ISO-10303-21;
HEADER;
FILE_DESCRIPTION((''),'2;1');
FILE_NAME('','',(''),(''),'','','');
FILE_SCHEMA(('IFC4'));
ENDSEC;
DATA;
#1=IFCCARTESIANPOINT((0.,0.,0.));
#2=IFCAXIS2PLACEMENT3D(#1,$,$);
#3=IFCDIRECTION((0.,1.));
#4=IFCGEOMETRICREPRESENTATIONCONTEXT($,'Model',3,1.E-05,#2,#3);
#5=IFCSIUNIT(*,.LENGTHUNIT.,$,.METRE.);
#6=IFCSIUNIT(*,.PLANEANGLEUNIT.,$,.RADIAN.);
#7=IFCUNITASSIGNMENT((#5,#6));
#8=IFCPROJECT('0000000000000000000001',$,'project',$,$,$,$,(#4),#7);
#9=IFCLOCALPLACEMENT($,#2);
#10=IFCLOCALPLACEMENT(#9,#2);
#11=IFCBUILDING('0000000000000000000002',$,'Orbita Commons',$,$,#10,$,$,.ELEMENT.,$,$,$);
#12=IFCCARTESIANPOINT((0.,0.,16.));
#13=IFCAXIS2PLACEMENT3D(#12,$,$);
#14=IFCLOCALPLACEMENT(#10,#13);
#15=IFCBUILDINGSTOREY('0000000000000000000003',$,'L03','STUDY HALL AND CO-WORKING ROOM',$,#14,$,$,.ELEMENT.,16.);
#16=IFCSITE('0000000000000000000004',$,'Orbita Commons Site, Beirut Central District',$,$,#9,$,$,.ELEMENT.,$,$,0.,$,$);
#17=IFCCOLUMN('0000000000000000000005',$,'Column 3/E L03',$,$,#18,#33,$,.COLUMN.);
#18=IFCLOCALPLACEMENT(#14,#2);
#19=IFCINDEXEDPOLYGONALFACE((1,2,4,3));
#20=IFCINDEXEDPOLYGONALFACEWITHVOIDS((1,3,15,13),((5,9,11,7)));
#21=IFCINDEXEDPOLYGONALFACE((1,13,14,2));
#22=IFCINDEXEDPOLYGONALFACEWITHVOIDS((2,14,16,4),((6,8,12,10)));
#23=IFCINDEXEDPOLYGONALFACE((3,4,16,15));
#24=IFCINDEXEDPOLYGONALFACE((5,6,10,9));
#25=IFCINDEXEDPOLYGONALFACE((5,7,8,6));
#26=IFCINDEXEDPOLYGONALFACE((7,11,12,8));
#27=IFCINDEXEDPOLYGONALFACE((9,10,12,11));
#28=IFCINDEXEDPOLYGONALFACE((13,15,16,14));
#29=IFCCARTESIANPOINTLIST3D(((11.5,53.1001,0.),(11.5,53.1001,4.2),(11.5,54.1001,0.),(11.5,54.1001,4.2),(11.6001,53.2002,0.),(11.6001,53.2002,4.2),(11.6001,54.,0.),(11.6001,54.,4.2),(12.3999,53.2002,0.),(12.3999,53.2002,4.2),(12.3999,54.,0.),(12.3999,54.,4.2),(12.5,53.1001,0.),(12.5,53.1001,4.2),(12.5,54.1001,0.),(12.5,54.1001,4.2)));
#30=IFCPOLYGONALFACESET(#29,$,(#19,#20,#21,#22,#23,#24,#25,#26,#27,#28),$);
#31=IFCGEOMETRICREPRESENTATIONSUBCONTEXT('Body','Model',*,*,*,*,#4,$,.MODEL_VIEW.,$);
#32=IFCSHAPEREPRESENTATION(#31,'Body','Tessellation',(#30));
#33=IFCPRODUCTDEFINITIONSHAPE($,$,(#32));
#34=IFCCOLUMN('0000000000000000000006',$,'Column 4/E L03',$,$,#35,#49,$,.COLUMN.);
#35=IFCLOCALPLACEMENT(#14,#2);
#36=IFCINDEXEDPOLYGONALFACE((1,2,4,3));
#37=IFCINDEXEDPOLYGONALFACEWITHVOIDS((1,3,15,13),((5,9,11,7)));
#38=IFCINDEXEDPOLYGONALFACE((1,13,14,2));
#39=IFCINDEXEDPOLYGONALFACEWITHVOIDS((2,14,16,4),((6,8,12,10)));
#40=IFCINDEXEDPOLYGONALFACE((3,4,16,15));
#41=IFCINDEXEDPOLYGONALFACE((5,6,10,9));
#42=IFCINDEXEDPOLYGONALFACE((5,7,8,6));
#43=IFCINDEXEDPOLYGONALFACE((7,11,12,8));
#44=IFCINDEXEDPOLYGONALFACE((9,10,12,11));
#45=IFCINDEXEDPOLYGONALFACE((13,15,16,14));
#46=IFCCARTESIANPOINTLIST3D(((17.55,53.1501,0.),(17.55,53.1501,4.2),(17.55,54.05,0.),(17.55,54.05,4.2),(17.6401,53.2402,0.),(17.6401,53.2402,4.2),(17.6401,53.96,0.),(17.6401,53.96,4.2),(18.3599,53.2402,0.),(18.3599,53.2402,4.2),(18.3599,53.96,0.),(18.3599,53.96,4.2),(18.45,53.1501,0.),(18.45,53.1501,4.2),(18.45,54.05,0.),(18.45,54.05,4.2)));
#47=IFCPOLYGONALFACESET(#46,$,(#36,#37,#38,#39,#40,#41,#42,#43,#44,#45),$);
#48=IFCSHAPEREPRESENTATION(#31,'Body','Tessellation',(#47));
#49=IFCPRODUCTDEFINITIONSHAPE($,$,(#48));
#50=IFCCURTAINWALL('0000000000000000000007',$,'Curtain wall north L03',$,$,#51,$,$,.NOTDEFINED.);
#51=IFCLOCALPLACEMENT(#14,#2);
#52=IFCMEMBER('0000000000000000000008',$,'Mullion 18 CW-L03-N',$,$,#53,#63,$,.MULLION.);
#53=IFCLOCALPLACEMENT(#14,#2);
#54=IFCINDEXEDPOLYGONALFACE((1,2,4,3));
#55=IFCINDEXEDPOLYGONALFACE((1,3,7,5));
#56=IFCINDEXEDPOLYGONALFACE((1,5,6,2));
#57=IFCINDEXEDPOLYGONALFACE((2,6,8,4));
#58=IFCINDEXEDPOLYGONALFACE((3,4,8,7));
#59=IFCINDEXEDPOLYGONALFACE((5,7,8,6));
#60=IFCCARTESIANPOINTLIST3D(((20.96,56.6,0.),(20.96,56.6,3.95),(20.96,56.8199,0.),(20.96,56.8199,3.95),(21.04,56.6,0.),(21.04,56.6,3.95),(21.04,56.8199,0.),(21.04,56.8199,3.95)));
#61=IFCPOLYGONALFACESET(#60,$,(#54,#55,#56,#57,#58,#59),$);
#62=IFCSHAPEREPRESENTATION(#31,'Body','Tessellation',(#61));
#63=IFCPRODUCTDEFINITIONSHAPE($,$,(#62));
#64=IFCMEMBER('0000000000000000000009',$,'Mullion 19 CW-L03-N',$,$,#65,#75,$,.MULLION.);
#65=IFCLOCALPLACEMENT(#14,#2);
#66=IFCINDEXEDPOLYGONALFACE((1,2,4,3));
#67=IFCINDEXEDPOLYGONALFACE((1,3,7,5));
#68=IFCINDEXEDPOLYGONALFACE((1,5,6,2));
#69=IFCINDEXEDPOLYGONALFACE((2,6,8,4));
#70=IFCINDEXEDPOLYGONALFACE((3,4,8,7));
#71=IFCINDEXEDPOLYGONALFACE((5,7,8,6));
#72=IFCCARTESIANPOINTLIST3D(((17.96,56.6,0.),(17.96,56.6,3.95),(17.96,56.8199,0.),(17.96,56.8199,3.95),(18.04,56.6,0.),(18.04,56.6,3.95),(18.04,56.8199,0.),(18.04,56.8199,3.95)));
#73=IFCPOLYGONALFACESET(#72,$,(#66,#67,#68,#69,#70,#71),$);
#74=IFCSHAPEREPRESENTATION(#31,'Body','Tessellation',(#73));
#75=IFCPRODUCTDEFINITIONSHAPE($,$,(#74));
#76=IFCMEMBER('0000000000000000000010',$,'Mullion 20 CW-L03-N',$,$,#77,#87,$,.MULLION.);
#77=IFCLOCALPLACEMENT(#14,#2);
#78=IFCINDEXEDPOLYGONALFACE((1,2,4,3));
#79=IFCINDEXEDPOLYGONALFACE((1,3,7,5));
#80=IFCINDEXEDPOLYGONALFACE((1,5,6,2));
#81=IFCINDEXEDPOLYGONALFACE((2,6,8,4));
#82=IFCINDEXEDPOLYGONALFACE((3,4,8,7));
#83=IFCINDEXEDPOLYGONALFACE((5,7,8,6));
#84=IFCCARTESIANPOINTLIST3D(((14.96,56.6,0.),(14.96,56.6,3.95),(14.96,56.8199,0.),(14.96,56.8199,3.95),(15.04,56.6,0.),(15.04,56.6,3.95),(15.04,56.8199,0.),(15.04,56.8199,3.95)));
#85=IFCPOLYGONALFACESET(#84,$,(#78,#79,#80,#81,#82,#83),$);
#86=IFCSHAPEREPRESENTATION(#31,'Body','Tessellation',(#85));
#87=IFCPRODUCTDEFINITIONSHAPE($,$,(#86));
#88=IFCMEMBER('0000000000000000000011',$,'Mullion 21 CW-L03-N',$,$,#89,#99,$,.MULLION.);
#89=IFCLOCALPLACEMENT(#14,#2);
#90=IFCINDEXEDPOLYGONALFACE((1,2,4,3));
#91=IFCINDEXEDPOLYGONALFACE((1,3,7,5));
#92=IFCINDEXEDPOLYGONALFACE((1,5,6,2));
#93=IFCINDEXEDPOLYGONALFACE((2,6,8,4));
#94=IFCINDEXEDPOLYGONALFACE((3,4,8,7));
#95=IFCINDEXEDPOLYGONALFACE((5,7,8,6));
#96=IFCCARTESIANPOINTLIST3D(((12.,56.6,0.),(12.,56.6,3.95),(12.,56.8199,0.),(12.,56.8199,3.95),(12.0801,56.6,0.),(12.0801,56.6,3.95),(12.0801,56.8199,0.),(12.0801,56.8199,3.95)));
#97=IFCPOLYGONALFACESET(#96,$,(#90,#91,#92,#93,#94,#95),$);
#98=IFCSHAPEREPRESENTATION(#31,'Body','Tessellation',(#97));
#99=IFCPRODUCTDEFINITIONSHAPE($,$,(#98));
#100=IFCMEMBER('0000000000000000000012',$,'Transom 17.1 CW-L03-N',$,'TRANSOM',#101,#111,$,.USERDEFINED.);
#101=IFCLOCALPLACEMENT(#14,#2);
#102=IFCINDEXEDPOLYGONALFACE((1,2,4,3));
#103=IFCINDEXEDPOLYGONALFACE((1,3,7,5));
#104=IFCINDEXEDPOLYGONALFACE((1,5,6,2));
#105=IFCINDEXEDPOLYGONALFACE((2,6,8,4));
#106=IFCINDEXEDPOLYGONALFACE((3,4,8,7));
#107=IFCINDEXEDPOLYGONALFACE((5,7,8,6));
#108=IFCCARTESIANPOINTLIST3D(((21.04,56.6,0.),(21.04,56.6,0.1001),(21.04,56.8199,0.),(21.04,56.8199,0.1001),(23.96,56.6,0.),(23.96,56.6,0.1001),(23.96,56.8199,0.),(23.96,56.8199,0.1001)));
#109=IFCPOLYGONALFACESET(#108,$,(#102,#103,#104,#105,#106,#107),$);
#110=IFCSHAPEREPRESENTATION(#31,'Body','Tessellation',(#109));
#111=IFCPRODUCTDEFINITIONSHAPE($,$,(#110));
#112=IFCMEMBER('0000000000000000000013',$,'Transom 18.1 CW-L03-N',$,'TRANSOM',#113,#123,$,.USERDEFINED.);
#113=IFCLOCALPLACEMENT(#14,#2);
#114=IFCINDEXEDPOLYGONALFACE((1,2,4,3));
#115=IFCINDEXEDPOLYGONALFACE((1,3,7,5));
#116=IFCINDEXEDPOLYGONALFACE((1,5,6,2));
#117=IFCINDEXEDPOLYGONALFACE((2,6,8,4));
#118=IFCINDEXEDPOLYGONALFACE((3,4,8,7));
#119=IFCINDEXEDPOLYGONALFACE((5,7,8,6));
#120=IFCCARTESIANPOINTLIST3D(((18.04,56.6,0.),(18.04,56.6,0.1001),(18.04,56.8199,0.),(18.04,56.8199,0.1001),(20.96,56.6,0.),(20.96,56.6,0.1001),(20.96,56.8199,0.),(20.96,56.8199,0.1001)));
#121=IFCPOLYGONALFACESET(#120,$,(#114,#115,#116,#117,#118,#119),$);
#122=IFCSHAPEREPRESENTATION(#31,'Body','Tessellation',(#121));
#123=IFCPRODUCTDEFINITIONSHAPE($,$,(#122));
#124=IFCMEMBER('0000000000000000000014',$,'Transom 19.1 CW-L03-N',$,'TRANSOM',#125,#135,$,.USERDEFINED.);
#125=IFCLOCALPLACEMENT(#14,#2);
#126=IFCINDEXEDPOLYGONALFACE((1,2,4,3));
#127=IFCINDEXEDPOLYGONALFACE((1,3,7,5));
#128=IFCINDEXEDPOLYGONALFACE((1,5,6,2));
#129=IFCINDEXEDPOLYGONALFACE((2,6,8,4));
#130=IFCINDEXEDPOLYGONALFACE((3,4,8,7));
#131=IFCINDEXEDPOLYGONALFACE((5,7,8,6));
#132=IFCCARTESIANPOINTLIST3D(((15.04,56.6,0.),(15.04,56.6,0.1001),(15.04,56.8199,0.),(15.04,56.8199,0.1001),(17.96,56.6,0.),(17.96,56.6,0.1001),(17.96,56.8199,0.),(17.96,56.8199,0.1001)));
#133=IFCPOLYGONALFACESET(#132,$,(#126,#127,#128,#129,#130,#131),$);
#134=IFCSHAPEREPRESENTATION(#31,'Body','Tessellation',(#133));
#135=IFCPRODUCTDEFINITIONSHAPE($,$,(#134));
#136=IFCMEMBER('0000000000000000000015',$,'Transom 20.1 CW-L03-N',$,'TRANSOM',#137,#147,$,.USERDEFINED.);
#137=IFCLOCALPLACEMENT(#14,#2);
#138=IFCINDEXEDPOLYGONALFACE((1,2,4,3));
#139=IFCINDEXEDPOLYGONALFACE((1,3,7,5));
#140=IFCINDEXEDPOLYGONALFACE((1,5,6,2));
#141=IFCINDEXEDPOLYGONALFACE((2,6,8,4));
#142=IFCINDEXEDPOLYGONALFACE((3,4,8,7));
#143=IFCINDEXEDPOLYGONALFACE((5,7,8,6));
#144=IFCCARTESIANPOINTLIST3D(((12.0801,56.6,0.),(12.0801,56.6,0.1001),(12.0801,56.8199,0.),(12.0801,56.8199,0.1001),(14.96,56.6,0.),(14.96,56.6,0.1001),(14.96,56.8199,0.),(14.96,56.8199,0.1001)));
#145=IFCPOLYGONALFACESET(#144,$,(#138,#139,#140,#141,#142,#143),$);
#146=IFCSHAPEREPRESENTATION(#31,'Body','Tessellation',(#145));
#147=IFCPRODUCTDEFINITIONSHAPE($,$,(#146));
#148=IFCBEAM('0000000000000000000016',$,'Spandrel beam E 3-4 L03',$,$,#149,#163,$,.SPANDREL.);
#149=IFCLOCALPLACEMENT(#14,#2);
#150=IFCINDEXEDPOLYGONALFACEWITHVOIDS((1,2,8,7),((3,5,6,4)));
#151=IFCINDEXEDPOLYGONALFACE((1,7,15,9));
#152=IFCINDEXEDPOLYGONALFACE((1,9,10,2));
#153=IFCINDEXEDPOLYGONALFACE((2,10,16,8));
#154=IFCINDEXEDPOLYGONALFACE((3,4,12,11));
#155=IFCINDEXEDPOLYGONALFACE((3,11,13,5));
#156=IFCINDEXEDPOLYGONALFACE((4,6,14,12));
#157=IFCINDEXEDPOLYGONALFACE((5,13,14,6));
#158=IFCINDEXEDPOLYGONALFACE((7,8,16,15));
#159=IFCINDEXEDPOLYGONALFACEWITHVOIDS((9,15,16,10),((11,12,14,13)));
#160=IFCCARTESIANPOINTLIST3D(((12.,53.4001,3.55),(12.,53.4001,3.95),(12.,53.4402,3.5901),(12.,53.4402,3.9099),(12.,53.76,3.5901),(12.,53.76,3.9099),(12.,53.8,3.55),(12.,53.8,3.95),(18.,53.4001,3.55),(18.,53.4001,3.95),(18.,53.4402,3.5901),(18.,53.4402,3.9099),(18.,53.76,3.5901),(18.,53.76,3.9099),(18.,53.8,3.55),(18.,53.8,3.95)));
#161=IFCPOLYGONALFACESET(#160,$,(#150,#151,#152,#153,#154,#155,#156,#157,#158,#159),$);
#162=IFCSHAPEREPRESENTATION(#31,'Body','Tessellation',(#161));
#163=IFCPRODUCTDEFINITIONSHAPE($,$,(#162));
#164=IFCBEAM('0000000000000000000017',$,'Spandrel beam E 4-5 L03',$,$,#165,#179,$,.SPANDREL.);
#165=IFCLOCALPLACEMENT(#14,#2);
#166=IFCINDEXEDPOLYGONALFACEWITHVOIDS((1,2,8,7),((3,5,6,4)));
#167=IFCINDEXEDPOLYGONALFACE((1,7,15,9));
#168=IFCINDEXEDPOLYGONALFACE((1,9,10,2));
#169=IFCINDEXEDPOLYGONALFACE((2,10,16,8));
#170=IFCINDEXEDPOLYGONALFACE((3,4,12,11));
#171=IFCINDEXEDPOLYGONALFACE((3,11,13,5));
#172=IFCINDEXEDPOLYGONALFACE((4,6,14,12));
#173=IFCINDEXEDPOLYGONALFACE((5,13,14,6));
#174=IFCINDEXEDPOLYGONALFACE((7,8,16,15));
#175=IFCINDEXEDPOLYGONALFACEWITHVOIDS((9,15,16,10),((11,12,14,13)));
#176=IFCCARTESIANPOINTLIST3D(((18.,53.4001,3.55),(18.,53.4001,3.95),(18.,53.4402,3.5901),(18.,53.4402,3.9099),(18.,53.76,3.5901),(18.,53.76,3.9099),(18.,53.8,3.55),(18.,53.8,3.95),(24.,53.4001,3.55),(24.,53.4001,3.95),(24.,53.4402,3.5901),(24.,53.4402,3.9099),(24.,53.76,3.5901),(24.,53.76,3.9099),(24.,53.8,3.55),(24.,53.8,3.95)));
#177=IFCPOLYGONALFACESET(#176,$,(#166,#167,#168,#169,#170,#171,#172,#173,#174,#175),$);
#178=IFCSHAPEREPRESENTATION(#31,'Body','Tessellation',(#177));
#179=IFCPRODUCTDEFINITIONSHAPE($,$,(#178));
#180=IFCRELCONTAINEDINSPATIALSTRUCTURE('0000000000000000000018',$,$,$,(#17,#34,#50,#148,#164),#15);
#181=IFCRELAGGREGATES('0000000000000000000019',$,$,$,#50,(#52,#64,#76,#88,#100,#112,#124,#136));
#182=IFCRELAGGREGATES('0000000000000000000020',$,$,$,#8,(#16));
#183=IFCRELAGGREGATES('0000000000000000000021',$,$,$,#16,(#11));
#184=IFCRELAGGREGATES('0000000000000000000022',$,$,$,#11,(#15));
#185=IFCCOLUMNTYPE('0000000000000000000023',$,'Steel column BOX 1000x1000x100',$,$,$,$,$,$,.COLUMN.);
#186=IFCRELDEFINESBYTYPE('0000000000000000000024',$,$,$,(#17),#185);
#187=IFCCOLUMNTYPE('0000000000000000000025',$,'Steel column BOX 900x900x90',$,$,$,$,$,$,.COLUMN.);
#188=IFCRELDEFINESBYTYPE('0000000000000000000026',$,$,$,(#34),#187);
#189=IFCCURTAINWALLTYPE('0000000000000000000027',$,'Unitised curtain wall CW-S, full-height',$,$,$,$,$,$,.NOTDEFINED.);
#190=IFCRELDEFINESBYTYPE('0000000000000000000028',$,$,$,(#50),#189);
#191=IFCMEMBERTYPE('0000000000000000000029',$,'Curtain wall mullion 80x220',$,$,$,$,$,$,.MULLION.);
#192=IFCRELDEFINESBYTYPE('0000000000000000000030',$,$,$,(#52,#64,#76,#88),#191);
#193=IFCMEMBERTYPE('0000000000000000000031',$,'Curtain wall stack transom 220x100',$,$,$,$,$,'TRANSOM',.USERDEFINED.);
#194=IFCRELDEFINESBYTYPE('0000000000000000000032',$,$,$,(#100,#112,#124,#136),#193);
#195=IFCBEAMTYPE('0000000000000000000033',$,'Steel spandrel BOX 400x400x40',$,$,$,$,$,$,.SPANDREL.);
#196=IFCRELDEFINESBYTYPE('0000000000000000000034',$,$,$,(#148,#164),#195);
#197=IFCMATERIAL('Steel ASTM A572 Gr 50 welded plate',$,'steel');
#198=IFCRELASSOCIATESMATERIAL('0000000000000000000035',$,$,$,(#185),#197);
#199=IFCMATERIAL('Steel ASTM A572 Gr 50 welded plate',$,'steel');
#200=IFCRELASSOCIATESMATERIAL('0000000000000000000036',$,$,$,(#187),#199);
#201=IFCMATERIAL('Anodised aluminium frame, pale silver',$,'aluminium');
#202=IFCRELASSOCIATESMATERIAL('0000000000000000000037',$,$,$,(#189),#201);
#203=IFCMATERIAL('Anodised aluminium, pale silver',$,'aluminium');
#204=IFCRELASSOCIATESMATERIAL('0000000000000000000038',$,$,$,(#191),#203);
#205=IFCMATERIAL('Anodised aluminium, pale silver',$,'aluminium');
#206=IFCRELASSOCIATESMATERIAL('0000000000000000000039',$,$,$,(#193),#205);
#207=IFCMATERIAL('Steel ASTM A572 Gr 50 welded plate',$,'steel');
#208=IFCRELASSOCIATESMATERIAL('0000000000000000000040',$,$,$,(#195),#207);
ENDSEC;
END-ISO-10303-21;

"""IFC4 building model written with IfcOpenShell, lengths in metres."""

from ifc_helpers import new_model, si_unit, direction, frame, origin, origin_2d, place, context, subcontext, project, spatial, rectangle, hollow_rectangle, extrude, material, material_profile, profile_set, type_object, element, aggregate, save


model = new_model("IFC4")

# Units and contexts
model_context = context("Model", 3, precision=1e-05, world=origin(), true_north=direction((0.0, 1.0)))
body_context = subcontext(model_context, "Body", "Model", "MODEL_VIEW")
ifc_project = project(units=[si_unit("LENGTHUNIT", "METRE"), si_unit("PLANEANGLEUNIT", "RADIAN")], contexts=[model_context])

# Site, building, storey
site_placement = place(None, origin())
site = spatial("IfcSite", under=ifc_project, at=site_placement, Name="Orbita Commons Site, Beirut Central District", CompositionType="ELEMENT", RefElevation=0.0)
building_placement = place(site_placement, origin())
building = spatial("IfcBuilding", under=site, at=building_placement, Name="Orbita Commons", CompositionType="ELEMENT")
storey_placement = place(building_placement, frame((0.0, 0.0, 16.0)))
storey = spatial("IfcBuildingStorey", under=building, at=storey_placement, Name="L03", Description="STUDY HALL AND CO-WORKING ROOM", CompositionType="ELEMENT", Elevation=16.0)

# Columns
ifc_material_1 = material(Name="Steel ASTM A572 Gr 50 welded plate", Category="steel")
ifc_material_profile_1 = material_profile(ifc_material_1, hollow_rectangle(XDim=1.0, YDim=1.0, WallThickness=0.1001, at=origin_2d()), Name="BOX 1000x1000x100")
ifc_profile_set_1 = profile_set([ifc_material_profile_1], Name="Steel ASTM A572 Gr 50 welded plate")
column_type_1 = type_object("IfcColumnType", Name="Steel column BOX 1000x1000x100", PredefinedType="COLUMN", material=ifc_profile_set_1)
column_1_placement = place(storey_placement, frame((12.0, 53.6001, 0.0), z_axis=(0.0, 0.0, 1.0), x_axis=(1.0, 0.0, 0.0)))
element("IfcColumn", 1, at=column_1_placement, inside=storey, type_object=column_type_1, Name="Column 3/E L03", PredefinedType="COLUMN", context=body_context, shape_type="SweptSolid", body=[
    extrude(hollow_rectangle(XDim=1.0, YDim=1.0, WallThickness=0.1001, at=origin_2d()), origin(), (0.0, 0.0, 1.0), 4.2),
])
ifc_material_2 = material(Name="Steel ASTM A572 Gr 50 welded plate", Category="steel")
ifc_material_profile_2 = material_profile(ifc_material_2, hollow_rectangle(XDim=0.8999, YDim=0.8999, WallThickness=0.0901, at=origin_2d()), Name="BOX 900x900x90")
ifc_profile_set_2 = profile_set([ifc_material_profile_2], Name="Steel ASTM A572 Gr 50 welded plate")
column_type_2 = type_object("IfcColumnType", Name="Steel column BOX 900x900x90", PredefinedType="COLUMN", material=ifc_profile_set_2)
column_2_placement = place(storey_placement, frame((18.0, 53.6001, 0.0), z_axis=(0.0, 0.0, 1.0), x_axis=(1.0, 0.0, 0.0)))
element("IfcColumn", 2, at=column_2_placement, inside=storey, type_object=column_type_2, Name="Column 4/E L03", PredefinedType="COLUMN", context=body_context, shape_type="SweptSolid", body=[
    extrude(hollow_rectangle(XDim=0.8999, YDim=0.8999, WallThickness=0.0901, at=origin_2d()), origin(), (0.0, 0.0, 1.0), 4.2),
])

# Curtain wall, members
ifc_material_3 = material(Name="Anodised aluminium frame, pale silver", Category="aluminium")
curtain_wall_type = type_object("IfcCurtainWallType", Name="Unitised curtain wall CW-S, full-height", PredefinedType="NOTDEFINED", material=ifc_material_3)
curtain_wall_placement = place(storey_placement, origin())
curtain_wall = element("IfcCurtainWall", 3, at=curtain_wall_placement, inside=storey, type_object=curtain_wall_type, Name="Curtain wall north L03", PredefinedType="NOTDEFINED")
ifc_material_4 = material(Name="Anodised aluminium, pale silver", Category="aluminium")
ifc_material_profile_3 = material_profile(ifc_material_4, rectangle(XDim=0.0801, YDim=0.22, at=origin_2d()), Name="AL 80x220")
ifc_profile_set_3 = profile_set([ifc_material_profile_3], Name="Anodised aluminium, pale silver")
member_type_1 = type_object("IfcMemberType", Name="Curtain wall mullion 80x220", PredefinedType="MULLION", material=ifc_profile_set_3)
member_1_placement = place(storey_placement, frame((21.0, 56.71, 0.0), z_axis=(0.0, 0.0, 1.0), x_axis=(-1.0, 0.0, 0.0)))
member_1 = element("IfcMember", 4, at=member_1_placement, type_object=member_type_1, Name="Mullion 18 CW-L03-N", PredefinedType="MULLION", context=body_context, shape_type="SweptSolid", body=[
    extrude(rectangle(XDim=0.0801, YDim=0.22, at=origin_2d()), origin(), (0.0, 0.0, 1.0), 3.95),
])
member_2_placement = place(storey_placement, frame((18.0, 56.71, 0.0), z_axis=(0.0, 0.0, 1.0), x_axis=(-1.0, 0.0, 0.0)))
member_2 = element("IfcMember", 5, at=member_2_placement, type_object=member_type_1, Name="Mullion 19 CW-L03-N", PredefinedType="MULLION", context=body_context, shape_type="SweptSolid", body=[
    extrude(rectangle(XDim=0.0801, YDim=0.22, at=origin_2d()), origin(), (0.0, 0.0, 1.0), 3.95),
])
member_3_placement = place(storey_placement, frame((15.0, 56.71, 0.0), z_axis=(0.0, 0.0, 1.0), x_axis=(-1.0, 0.0, 0.0)))
member_3 = element("IfcMember", 6, at=member_3_placement, type_object=member_type_1, Name="Mullion 20 CW-L03-N", PredefinedType="MULLION", context=body_context, shape_type="SweptSolid", body=[
    extrude(rectangle(XDim=0.0801, YDim=0.22, at=origin_2d()), origin(), (0.0, 0.0, 1.0), 3.95),
])
member_4_placement = place(storey_placement, frame((12.04, 56.71, 0.0), z_axis=(0.0, 0.0, 1.0), x_axis=(-1.0, 0.0, 0.0)))
member_4 = element("IfcMember", 7, at=member_4_placement, type_object=member_type_1, Name="Mullion 21 CW-L03-N", PredefinedType="MULLION", context=body_context, shape_type="SweptSolid", body=[
    extrude(rectangle(XDim=0.0801, YDim=0.22, at=origin_2d()), origin(), (0.0, 0.0, 1.0), 3.95),
])
ifc_material_5 = material(Name="Anodised aluminium, pale silver", Category="aluminium")
ifc_material_profile_4 = material_profile(ifc_material_5, rectangle(XDim=0.22, YDim=0.1001, at=origin_2d()), Name="AL 220x100")
ifc_profile_set_4 = profile_set([ifc_material_profile_4], Name="Anodised aluminium, pale silver")
member_type_2 = type_object("IfcMemberType", Name="Curtain wall stack transom 220x100", ElementType="TRANSOM", PredefinedType="USERDEFINED", material=ifc_profile_set_4)
member_5_placement = place(storey_placement, frame((23.96, 56.71, 0.05), z_axis=(-1.0, 0.0, 0.0), x_axis=(0.0, -1.0, 0.0)))
member_5 = element("IfcMember", 8, at=member_5_placement, type_object=member_type_2, Name="Transom 17.1 CW-L03-N", ObjectType="TRANSOM", PredefinedType="USERDEFINED", context=body_context, shape_type="SweptSolid", body=[
    extrude(rectangle(XDim=0.22, YDim=0.1001, at=origin_2d()), origin(), (0.0, 0.0, 1.0), 2.9199),
])
member_6_placement = place(storey_placement, frame((20.96, 56.71, 0.05), z_axis=(-1.0, 0.0, 0.0), x_axis=(0.0, -1.0, 0.0)))
member_6 = element("IfcMember", 9, at=member_6_placement, type_object=member_type_2, Name="Transom 18.1 CW-L03-N", ObjectType="TRANSOM", PredefinedType="USERDEFINED", context=body_context, shape_type="SweptSolid", body=[
    extrude(rectangle(XDim=0.22, YDim=0.1001, at=origin_2d()), origin(), (0.0, 0.0, 1.0), 2.9199),
])
member_7_placement = place(storey_placement, frame((17.96, 56.71, 0.05), z_axis=(-1.0, 0.0, 0.0), x_axis=(0.0, -1.0, 0.0)))
member_7 = element("IfcMember", 10, at=member_7_placement, type_object=member_type_2, Name="Transom 19.1 CW-L03-N", ObjectType="TRANSOM", PredefinedType="USERDEFINED", context=body_context, shape_type="SweptSolid", body=[
    extrude(rectangle(XDim=0.22, YDim=0.1001, at=origin_2d()), origin(), (0.0, 0.0, 1.0), 2.9199),
])
member_8_placement = place(storey_placement, frame((14.96, 56.71, 0.05), z_axis=(-1.0, 0.0, 0.0), x_axis=(0.0, -1.0, 0.0)))
member_8 = element("IfcMember", 11, at=member_8_placement, type_object=member_type_2, Name="Transom 20.1 CW-L03-N", ObjectType="TRANSOM", PredefinedType="USERDEFINED", context=body_context, shape_type="SweptSolid", body=[
    extrude(rectangle(XDim=0.22, YDim=0.1001, at=origin_2d()), origin(), (0.0, 0.0, 1.0), 2.8799),
])

# Beams
ifc_material_6 = material(Name="Steel ASTM A572 Gr 50 welded plate", Category="steel")
ifc_material_profile_5 = material_profile(ifc_material_6, hollow_rectangle(XDim=0.3999, YDim=0.3999, WallThickness=0.04, at=origin_2d()), Name="BOX 400x400x40")
ifc_profile_set_5 = profile_set([ifc_material_profile_5], Name="Steel ASTM A572 Gr 50 welded plate")
beam_type = type_object("IfcBeamType", Name="Steel spandrel BOX 400x400x40", PredefinedType="SPANDREL", material=ifc_profile_set_5)
for number, where, z_axis, x_axis, name in (
    (12, (12.0, 53.6001, 3.75), (1.0, 0.0, 0.0), (0.0, 1.0, 0.0), "Spandrel beam E 3-4 L03"),
    (13, (18.0, 53.6001, 3.75), (1.0, 0.0, 0.0), (0.0, 1.0, 0.0), "Spandrel beam E 4-5 L03"),
):
    element("IfcBeam", number, at=place(storey_placement, frame(where, z_axis=z_axis, x_axis=x_axis)), inside=storey, type_object=beam_type, Name=name, PredefinedType="SPANDREL", context=body_context, shape_type="SweptSolid", body=[
        extrude(hollow_rectangle(XDim=0.3999, YDim=0.3999, WallThickness=0.04, at=origin_2d()), origin(), (0.0, 0.0, 1.0), 6.0),
    ])

aggregate(curtain_wall, [member_1, member_2, member_3, member_4, member_5, member_6, member_7, member_8])

save(model, "model.ifc")
